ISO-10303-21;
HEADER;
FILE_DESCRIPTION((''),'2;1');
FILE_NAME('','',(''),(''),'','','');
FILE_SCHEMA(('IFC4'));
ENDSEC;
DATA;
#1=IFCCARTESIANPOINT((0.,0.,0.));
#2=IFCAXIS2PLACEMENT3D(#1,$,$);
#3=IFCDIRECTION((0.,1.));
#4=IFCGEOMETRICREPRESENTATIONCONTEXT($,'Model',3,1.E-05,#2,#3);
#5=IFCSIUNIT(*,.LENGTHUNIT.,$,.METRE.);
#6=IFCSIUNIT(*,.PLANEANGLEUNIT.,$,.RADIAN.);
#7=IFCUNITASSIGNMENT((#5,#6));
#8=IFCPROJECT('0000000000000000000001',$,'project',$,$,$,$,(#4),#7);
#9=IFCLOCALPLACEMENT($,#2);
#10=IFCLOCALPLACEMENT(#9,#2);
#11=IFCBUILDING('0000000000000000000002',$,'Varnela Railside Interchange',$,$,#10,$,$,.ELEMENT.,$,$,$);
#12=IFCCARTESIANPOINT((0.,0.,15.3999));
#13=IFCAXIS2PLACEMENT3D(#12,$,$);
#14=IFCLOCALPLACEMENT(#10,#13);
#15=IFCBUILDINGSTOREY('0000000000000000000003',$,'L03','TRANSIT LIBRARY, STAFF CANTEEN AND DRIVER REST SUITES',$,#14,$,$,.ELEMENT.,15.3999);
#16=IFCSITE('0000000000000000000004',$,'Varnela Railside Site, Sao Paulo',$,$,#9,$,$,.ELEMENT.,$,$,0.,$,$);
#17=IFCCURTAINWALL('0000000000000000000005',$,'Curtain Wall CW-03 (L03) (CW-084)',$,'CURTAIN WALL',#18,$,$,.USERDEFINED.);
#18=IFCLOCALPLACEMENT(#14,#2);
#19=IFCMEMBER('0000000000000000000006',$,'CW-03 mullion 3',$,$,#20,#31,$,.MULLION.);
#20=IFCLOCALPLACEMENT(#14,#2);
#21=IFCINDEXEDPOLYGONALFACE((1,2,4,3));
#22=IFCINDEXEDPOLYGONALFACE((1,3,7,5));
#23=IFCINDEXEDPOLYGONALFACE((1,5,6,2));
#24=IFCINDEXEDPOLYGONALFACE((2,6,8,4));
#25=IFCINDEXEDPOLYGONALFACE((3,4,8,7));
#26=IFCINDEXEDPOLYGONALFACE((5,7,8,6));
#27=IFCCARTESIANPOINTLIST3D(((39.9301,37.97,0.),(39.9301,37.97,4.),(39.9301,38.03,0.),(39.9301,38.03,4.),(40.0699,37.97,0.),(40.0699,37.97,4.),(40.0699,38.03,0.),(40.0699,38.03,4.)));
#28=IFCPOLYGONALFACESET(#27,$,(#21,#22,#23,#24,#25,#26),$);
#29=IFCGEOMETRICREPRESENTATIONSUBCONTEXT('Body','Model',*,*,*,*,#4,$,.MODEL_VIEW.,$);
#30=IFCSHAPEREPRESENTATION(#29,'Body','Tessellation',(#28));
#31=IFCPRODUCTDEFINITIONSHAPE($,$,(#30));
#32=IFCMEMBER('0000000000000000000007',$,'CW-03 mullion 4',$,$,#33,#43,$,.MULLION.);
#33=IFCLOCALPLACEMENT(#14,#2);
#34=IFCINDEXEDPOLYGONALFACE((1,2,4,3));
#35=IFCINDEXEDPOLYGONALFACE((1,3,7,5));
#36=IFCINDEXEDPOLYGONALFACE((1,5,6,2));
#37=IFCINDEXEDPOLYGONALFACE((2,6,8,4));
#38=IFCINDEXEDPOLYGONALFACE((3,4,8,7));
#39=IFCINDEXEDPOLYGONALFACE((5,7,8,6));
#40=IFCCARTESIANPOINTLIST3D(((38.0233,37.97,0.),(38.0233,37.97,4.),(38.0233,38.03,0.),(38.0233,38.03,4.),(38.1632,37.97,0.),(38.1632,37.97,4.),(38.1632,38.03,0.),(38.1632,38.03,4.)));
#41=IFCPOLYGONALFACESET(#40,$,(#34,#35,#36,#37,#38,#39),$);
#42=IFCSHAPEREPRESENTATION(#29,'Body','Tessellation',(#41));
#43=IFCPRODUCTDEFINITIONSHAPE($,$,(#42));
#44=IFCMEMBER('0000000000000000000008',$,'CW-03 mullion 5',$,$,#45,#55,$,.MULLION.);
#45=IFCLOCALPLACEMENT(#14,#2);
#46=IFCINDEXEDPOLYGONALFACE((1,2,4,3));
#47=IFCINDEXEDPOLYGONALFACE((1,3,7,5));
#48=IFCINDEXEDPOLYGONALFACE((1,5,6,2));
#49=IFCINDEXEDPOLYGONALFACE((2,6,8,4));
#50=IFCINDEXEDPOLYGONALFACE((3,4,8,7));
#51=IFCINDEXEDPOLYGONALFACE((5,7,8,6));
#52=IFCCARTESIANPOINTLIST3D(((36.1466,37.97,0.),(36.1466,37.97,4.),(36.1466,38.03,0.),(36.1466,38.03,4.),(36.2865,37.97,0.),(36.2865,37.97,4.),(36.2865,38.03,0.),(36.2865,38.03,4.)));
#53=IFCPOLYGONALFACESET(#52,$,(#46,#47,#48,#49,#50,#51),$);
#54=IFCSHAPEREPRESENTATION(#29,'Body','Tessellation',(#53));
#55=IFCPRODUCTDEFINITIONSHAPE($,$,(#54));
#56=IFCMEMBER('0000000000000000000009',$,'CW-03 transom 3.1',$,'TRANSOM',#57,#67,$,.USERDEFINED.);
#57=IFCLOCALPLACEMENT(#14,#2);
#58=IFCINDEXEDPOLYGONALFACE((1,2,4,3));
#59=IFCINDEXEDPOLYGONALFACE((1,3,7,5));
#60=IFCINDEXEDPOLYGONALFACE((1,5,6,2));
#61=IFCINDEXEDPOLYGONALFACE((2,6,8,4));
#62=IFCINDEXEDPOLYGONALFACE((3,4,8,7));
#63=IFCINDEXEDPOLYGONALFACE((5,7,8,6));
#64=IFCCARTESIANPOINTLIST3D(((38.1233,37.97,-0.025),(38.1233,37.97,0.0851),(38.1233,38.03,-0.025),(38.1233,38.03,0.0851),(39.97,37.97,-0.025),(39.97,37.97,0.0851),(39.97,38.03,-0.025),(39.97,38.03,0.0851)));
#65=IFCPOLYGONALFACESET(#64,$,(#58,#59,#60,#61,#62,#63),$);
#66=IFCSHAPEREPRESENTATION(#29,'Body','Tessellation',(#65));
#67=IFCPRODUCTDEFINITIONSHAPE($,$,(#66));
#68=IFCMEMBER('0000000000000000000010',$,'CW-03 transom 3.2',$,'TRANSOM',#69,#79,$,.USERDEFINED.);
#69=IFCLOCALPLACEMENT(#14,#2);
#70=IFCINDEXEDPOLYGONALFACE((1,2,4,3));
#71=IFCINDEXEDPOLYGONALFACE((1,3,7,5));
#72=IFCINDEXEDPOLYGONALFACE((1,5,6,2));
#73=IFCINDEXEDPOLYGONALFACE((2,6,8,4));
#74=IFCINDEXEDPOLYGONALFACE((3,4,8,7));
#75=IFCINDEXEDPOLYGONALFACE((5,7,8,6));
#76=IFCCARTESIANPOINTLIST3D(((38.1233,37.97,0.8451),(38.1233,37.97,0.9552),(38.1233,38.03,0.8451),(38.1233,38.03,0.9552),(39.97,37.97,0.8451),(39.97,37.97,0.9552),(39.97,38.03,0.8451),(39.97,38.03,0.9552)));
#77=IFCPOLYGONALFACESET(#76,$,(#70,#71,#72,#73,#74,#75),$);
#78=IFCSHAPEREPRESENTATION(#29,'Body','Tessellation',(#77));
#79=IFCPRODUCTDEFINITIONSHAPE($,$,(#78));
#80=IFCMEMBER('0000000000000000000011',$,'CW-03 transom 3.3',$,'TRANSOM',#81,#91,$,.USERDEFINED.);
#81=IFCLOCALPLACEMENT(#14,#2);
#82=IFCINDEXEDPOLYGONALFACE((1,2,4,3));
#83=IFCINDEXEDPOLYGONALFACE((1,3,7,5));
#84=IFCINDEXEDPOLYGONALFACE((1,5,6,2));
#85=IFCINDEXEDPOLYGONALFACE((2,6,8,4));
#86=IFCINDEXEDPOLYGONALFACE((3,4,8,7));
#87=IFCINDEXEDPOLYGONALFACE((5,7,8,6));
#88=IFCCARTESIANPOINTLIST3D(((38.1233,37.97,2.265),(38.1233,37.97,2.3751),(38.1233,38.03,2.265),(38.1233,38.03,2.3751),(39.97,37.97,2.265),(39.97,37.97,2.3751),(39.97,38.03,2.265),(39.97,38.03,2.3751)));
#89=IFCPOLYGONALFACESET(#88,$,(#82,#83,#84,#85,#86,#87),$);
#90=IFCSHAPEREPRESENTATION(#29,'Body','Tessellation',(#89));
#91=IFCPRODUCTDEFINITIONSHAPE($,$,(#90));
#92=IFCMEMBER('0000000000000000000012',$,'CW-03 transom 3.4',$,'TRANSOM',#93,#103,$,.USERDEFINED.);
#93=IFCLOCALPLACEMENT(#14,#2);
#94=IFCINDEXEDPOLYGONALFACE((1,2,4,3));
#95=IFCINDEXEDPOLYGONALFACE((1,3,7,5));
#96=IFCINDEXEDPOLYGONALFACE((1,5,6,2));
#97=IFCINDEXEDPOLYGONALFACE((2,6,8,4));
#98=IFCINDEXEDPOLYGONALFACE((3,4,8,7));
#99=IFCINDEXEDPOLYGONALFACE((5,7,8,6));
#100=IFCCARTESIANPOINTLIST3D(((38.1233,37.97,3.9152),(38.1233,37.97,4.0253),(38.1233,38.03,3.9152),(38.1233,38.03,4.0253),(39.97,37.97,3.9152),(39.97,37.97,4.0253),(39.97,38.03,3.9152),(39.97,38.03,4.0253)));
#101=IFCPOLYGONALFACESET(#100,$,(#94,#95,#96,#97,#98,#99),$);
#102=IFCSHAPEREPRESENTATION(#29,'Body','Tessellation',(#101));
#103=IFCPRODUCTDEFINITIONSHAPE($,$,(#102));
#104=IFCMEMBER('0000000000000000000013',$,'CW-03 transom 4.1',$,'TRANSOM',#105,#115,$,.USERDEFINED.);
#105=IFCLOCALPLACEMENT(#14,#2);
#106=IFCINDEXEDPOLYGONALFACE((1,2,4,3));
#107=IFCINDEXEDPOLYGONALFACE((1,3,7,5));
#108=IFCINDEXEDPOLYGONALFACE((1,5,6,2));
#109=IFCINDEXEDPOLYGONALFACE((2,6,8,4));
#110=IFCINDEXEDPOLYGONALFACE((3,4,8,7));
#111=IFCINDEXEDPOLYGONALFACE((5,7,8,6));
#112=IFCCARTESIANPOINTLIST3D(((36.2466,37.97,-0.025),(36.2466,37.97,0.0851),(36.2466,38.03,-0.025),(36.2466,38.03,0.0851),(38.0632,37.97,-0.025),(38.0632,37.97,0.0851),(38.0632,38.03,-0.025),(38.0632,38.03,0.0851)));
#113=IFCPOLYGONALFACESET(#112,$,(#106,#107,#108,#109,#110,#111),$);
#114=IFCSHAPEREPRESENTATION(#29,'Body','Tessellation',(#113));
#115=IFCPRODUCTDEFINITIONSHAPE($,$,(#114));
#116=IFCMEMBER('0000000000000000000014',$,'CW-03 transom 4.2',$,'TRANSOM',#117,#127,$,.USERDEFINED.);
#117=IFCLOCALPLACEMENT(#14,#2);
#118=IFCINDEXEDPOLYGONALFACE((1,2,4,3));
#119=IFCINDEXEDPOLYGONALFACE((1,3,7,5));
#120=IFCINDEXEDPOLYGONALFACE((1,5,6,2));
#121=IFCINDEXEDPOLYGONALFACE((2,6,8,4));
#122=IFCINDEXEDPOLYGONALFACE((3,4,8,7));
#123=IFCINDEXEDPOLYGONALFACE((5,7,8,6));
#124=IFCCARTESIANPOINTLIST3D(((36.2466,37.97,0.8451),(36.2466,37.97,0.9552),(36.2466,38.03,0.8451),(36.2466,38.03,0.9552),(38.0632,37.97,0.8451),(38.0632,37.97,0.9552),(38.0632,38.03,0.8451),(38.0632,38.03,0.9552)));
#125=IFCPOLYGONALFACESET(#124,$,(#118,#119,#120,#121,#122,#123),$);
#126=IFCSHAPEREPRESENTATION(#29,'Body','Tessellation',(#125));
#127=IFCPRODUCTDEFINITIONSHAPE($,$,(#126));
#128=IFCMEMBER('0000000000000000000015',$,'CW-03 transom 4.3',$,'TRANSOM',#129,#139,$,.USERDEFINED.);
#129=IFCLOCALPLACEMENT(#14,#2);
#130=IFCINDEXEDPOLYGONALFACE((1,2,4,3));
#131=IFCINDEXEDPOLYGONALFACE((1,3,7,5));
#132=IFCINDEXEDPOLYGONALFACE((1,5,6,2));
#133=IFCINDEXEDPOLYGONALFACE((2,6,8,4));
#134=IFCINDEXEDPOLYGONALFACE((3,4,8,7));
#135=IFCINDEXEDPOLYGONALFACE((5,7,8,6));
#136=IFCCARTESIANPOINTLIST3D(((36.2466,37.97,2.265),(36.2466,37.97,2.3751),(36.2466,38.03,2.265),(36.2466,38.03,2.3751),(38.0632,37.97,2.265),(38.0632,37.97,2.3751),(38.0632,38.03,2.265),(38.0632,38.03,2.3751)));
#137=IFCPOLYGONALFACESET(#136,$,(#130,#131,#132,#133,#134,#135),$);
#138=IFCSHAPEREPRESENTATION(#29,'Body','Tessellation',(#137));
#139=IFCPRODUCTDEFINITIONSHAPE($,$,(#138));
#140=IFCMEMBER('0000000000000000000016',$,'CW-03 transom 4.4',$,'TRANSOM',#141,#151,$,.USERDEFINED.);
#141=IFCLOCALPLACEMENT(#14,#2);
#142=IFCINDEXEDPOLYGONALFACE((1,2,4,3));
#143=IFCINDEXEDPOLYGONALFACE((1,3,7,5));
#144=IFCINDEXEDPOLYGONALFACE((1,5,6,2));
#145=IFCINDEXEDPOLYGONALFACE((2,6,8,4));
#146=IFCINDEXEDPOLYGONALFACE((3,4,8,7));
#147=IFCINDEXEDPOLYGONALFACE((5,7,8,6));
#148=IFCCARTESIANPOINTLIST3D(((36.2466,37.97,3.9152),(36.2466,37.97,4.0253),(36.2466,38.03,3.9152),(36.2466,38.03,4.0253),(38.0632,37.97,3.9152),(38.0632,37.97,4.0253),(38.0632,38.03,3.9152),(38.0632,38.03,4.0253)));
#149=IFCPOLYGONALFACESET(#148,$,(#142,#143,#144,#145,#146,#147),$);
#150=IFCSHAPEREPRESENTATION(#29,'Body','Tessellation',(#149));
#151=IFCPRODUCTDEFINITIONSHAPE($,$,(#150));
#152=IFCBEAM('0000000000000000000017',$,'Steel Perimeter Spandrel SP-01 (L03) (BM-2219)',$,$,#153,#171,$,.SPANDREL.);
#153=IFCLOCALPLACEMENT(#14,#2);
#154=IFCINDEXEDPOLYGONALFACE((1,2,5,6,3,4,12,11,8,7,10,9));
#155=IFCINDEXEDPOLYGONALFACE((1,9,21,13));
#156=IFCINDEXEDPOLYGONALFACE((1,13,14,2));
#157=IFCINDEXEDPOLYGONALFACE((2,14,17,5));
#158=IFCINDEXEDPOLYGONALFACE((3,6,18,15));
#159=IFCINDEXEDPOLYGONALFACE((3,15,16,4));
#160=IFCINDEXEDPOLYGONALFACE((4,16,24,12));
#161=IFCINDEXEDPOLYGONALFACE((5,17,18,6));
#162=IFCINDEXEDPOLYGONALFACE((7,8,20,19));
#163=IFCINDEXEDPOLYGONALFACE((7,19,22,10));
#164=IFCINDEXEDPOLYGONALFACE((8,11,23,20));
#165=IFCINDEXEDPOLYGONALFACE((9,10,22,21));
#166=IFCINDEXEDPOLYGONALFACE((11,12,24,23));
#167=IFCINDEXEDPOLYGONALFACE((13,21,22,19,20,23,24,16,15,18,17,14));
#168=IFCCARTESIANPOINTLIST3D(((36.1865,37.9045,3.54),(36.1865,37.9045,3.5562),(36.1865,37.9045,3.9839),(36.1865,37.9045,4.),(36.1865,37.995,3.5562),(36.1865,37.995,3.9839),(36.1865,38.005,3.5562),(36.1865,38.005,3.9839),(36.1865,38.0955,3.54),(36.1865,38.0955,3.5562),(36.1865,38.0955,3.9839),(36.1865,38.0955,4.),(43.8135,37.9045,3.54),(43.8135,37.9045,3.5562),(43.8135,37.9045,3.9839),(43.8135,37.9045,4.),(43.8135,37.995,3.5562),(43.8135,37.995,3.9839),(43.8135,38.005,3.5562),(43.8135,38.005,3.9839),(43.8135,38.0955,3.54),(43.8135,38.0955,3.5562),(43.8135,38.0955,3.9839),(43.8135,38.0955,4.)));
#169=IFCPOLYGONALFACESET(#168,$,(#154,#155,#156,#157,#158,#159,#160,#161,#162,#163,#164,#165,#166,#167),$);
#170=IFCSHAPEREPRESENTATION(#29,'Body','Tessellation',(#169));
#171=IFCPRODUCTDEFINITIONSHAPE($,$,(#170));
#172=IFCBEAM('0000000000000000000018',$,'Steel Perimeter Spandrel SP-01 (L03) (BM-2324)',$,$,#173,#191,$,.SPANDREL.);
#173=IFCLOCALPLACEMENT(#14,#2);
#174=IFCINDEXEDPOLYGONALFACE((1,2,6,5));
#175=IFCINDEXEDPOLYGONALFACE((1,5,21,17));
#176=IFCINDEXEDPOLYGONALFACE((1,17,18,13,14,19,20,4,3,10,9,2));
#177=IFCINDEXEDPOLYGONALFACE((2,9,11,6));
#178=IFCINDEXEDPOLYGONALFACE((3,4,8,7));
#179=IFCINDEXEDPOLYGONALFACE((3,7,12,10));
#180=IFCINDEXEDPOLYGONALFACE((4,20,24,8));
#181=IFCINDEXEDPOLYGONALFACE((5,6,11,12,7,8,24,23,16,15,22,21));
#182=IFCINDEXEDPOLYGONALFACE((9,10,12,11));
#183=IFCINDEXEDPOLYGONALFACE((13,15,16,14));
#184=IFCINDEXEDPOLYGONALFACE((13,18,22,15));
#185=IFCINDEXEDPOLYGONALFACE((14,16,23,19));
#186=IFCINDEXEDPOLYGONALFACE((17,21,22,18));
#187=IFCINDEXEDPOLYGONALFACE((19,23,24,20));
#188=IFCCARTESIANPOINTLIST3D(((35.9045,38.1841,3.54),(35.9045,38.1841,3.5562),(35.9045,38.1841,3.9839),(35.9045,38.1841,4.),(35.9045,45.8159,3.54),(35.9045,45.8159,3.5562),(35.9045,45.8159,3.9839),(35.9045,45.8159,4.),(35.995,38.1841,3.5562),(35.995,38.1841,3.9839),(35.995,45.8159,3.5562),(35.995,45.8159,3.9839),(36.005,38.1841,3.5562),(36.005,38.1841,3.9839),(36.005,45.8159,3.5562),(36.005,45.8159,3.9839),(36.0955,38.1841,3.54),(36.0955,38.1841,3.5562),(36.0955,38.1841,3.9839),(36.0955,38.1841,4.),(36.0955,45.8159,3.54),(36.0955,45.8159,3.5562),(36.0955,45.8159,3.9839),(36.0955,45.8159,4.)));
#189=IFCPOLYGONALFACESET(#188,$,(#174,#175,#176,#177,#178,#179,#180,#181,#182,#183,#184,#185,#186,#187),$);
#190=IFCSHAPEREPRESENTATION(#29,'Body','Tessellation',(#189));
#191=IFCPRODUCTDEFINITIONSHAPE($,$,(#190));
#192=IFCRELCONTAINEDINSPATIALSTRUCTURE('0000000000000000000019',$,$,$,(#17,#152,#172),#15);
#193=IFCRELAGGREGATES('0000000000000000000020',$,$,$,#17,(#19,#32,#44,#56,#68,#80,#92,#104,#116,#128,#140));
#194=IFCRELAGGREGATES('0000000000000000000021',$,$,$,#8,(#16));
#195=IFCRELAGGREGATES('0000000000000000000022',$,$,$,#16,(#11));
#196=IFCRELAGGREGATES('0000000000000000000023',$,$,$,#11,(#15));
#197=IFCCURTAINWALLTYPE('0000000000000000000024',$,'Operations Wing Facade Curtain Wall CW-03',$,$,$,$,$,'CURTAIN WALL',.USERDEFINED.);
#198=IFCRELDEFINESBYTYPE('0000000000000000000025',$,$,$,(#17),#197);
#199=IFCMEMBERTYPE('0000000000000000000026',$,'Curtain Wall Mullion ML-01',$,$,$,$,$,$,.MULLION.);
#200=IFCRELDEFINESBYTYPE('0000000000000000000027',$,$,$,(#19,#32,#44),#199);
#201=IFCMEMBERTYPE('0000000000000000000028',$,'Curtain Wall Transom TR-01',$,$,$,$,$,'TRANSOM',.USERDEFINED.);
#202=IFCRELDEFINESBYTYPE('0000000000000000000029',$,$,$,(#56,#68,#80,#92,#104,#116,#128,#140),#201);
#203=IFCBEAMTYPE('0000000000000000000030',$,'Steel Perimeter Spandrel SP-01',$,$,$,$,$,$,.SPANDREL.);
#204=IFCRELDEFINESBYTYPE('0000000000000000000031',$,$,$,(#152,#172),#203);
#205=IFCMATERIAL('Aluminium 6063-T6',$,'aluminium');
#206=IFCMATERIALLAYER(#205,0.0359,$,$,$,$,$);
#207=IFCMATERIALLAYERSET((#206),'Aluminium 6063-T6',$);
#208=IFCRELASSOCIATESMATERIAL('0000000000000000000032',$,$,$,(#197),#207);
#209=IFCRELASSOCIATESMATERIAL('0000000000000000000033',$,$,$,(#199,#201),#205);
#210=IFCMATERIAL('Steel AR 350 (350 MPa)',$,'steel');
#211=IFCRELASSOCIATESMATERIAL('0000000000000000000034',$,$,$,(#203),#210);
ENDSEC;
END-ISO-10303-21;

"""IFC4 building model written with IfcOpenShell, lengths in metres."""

from ifc_helpers import new_model, si_unit, direction, frame, origin, origin_2d, place, context, subcontext, project, spatial, rectangle, i_section, extrude, material, layer, layer_set, material_profile, profile_set, type_object, element, aggregate, save


model = new_model("IFC4")

# Units and contexts
model_context = context("Model", 3, precision=1e-05, world=origin(), true_north=direction((0.0, 1.0)))
body_context = subcontext(model_context, "Body", "Model", "MODEL_VIEW")
ifc_project = project(units=[si_unit("LENGTHUNIT", "METRE"), si_unit("PLANEANGLEUNIT", "RADIAN")], contexts=[model_context])

# Site, building, storey
site_placement = place(None, origin())
site = spatial("IfcSite", under=ifc_project, at=site_placement, Name="Varnela Railside Site, Sao Paulo", CompositionType="ELEMENT", RefElevation=0.0)
building_placement = place(site_placement, origin())
building = spatial("IfcBuilding", under=site, at=building_placement, Name="Varnela Railside Interchange", CompositionType="ELEMENT")
storey_placement = place(building_placement, frame((0.0, 0.0, 15.3999)))
storey = spatial("IfcBuildingStorey", under=building, at=storey_placement, Name="L03", Description="TRANSIT LIBRARY, STAFF CANTEEN AND DRIVER REST SUITES", CompositionType="ELEMENT", Elevation=15.3999)

# Curtain wall, members
ifc_material_1 = material(Name="Aluminium 6063-T6", Category="aluminium")
ifc_layer_1 = layer(ifc_material_1, 0.0359)
ifc_layer_set_1 = layer_set([ifc_layer_1], Name="Aluminium 6063-T6")
curtain_wall_type = type_object("IfcCurtainWallType", Name="Operations Wing Facade Curtain Wall CW-03", ElementType="CURTAIN WALL", PredefinedType="USERDEFINED", material=ifc_layer_set_1)
curtain_wall_placement = place(storey_placement, origin())
curtain_wall = element("IfcCurtainWall", 1, at=curtain_wall_placement, inside=storey, type_object=curtain_wall_type, Name="Curtain Wall CW-03 (L03) (CW-084)", ObjectType="CURTAIN WALL", PredefinedType="USERDEFINED")
ifc_material_profile_1 = material_profile(ifc_material_1, rectangle(XDim=0.0601, YDim=0.1399, at=origin_2d()), Name="ALU 60x140")
ifc_profile_set_1 = profile_set([ifc_material_profile_1], Name="Aluminium 6063-T6")
member_type_1 = type_object("IfcMemberType", Name="Curtain Wall Mullion ML-01", PredefinedType="MULLION", material=ifc_profile_set_1)
member_1_placement = place(storey_placement, frame((40.0, 38.0, 0.0), z_axis=(0.0, 0.0, 1.0), x_axis=(0.0, -1.0, 0.0)))
member_1 = element("IfcMember", 2, at=member_1_placement, type_object=member_type_1, Name="CW-03 mullion 3", PredefinedType="MULLION", context=body_context, shape_type="SweptSolid", body=[
    extrude(rectangle(XDim=0.0601, YDim=0.1399, at=origin_2d()), origin(), (0.0, 0.0, 1.0), 4.0),
])
member_2_placement = place(storey_placement, frame((38.0933, 38.0, 0.0), z_axis=(0.0, 0.0, 1.0), x_axis=(0.0, -1.0, 0.0)))
member_2 = element("IfcMember", 3, at=member_2_placement, type_object=member_type_1, Name="CW-03 mullion 4", PredefinedType="MULLION", context=body_context, shape_type="SweptSolid", body=[
    extrude(rectangle(XDim=0.0601, YDim=0.1399, at=origin_2d()), origin(), (0.0, 0.0, 1.0), 4.0),
])
member_3_placement = place(storey_placement, frame((36.2166, 38.0, 0.0), z_axis=(0.0, 0.0, 1.0), x_axis=(0.0, -1.0, 0.0)))
member_3 = element("IfcMember", 4, at=member_3_placement, type_object=member_type_1, Name="CW-03 mullion 5", PredefinedType="MULLION", context=body_context, shape_type="SweptSolid", body=[
    extrude(rectangle(XDim=0.0601, YDim=0.1399, at=origin_2d()), origin(), (0.0, 0.0, 1.0), 4.0),
])
ifc_material_profile_2 = material_profile(ifc_material_1, rectangle(XDim=0.0601, YDim=0.1101, at=origin_2d()), Name="ALU 60x110")
ifc_profile_set_2 = profile_set([ifc_material_profile_2], Name="Aluminium 6063-T6")
member_type_2 = type_object("IfcMemberType", Name="Curtain Wall Transom TR-01", ElementType="TRANSOM", PredefinedType="USERDEFINED", material=ifc_profile_set_2)
member_4_placement = place(storey_placement, frame((39.97, 38.0, 0.03), z_axis=(-1.0, 0.0, 0.0), x_axis=(0.0, -1.0, 0.0)))
member_4 = element("IfcMember", 5, at=member_4_placement, type_object=member_type_2, Name="CW-03 transom 3.1", ObjectType="TRANSOM", PredefinedType="USERDEFINED", context=body_context, shape_type="SweptSolid", body=[
    extrude(rectangle(XDim=0.0601, YDim=0.1101, at=origin_2d()), origin(), (0.0, 0.0, 1.0), 1.8467),
])
member_5_placement = place(storey_placement, frame((39.97, 38.0, 0.9001), z_axis=(-1.0, 0.0, 0.0), x_axis=(0.0, -1.0, 0.0)))
member_5 = element("IfcMember", 6, at=member_5_placement, type_object=member_type_2, Name="CW-03 transom 3.2", ObjectType="TRANSOM", PredefinedType="USERDEFINED", context=body_context, shape_type="SweptSolid", body=[
    extrude(rectangle(XDim=0.0601, YDim=0.1101, at=origin_2d()), origin(), (0.0, 0.0, 1.0), 1.8467),
])
member_6_placement = place(storey_placement, frame((39.97, 38.0, 2.3201), z_axis=(-1.0, 0.0, 0.0), x_axis=(0.0, -1.0, 0.0)))
member_6 = element("IfcMember", 7, at=member_6_placement, type_object=member_type_2, Name="CW-03 transom 3.3", ObjectType="TRANSOM", PredefinedType="USERDEFINED", context=body_context, shape_type="SweptSolid", body=[
    extrude(rectangle(XDim=0.0601, YDim=0.1101, at=origin_2d()), origin(), (0.0, 0.0, 1.0), 1.8467),
])
member_7_placement = place(storey_placement, frame((39.97, 38.0, 3.9702), z_axis=(-1.0, 0.0, 0.0), x_axis=(0.0, -1.0, 0.0)))
member_7 = element("IfcMember", 8, at=member_7_placement, type_object=member_type_2, Name="CW-03 transom 3.4", ObjectType="TRANSOM", PredefinedType="USERDEFINED", context=body_context, shape_type="SweptSolid", body=[
    extrude(rectangle(XDim=0.0601, YDim=0.1101, at=origin_2d()), origin(), (0.0, 0.0, 1.0), 1.8467),
])
member_8_placement = place(storey_placement, frame((38.0632, 38.0, 0.03), z_axis=(-1.0, 0.0, 0.0), x_axis=(0.0, -1.0, 0.0)))
member_8 = element("IfcMember", 9, at=member_8_placement, type_object=member_type_2, Name="CW-03 transom 4.1", ObjectType="TRANSOM", PredefinedType="USERDEFINED", context=body_context, shape_type="SweptSolid", body=[
    extrude(rectangle(XDim=0.0601, YDim=0.1101, at=origin_2d()), origin(), (0.0, 0.0, 1.0), 1.8167),
])
member_9_placement = place(storey_placement, frame((38.0632, 38.0, 0.9001), z_axis=(-1.0, 0.0, 0.0), x_axis=(0.0, -1.0, 0.0)))
member_9 = element("IfcMember", 10, at=member_9_placement, type_object=member_type_2, Name="CW-03 transom 4.2", ObjectType="TRANSOM", PredefinedType="USERDEFINED", context=body_context, shape_type="SweptSolid", body=[
    extrude(rectangle(XDim=0.0601, YDim=0.1101, at=origin_2d()), origin(), (0.0, 0.0, 1.0), 1.8167),
])
member_10_placement = place(storey_placement, frame((38.0632, 38.0, 2.3201), z_axis=(-1.0, 0.0, 0.0), x_axis=(0.0, -1.0, 0.0)))
member_10 = element("IfcMember", 11, at=member_10_placement, type_object=member_type_2, Name="CW-03 transom 4.3", ObjectType="TRANSOM", PredefinedType="USERDEFINED", context=body_context, shape_type="SweptSolid", body=[
    extrude(rectangle(XDim=0.0601, YDim=0.1101, at=origin_2d()), origin(), (0.0, 0.0, 1.0), 1.8167),
])
member_11_placement = place(storey_placement, frame((38.0632, 38.0, 3.9702), z_axis=(-1.0, 0.0, 0.0), x_axis=(0.0, -1.0, 0.0)))
member_11 = element("IfcMember", 12, at=member_11_placement, type_object=member_type_2, Name="CW-03 transom 4.4", ObjectType="TRANSOM", PredefinedType="USERDEFINED", context=body_context, shape_type="SweptSolid", body=[
    extrude(rectangle(XDim=0.0601, YDim=0.1101, at=origin_2d()), origin(), (0.0, 0.0, 1.0), 1.8167),
])

# Beams
ifc_material_2 = material(Name="Steel AR 350 (350 MPa)", Category="steel")
ifc_material_profile_3 = material_profile(ifc_material_2, i_section(OverallWidth=0.1909, OverallDepth=0.46, WebThickness=0.01, FlangeThickness=0.0161, at=origin_2d()), Name="W460x82")
ifc_profile_set_3 = profile_set([ifc_material_profile_3], Name="Steel AR 350 (350 MPa)")
beam_type = type_object("IfcBeamType", Name="Steel Perimeter Spandrel SP-01", PredefinedType="SPANDREL", material=ifc_profile_set_3)
beam_1_placement = place(storey_placement, frame((36.1865, 38.0, 3.77), z_axis=(1.0, 0.0, 0.0), x_axis=(0.0, 1.0, 0.0)))
element("IfcBeam", 13, at=beam_1_placement, inside=storey, type_object=beam_type, Name="Steel Perimeter Spandrel SP-01 (L03) (BM-2219)", PredefinedType="SPANDREL", context=body_context, shape_type="SweptSolid", body=[
    extrude(i_section(OverallWidth=0.1909, OverallDepth=0.46, WebThickness=0.01, FlangeThickness=0.0161, at=origin_2d()), origin(), (0.0, 0.0, 1.0), 7.627),
])
beam_2_placement = place(storey_placement, frame((36.0, 38.1841, 3.77), z_axis=(0.0, 1.0, 0.0), x_axis=(-1.0, 0.0, 0.0)))
element("IfcBeam", 14, at=beam_2_placement, inside=storey, type_object=beam_type, Name="Steel Perimeter Spandrel SP-01 (L03) (BM-2324)", PredefinedType="SPANDREL", context=body_context, shape_type="SweptSolid", body=[
    extrude(i_section(OverallWidth=0.1909, OverallDepth=0.46, WebThickness=0.01, FlangeThickness=0.0161, at=origin_2d()), origin(), (0.0, 0.0, 1.0), 7.6318),
])

aggregate(curtain_wall, [member_1, member_2, member_3, member_4, member_5, member_6, member_7, member_8, member_9, member_10, member_11])

save(model, "model.ifc")
